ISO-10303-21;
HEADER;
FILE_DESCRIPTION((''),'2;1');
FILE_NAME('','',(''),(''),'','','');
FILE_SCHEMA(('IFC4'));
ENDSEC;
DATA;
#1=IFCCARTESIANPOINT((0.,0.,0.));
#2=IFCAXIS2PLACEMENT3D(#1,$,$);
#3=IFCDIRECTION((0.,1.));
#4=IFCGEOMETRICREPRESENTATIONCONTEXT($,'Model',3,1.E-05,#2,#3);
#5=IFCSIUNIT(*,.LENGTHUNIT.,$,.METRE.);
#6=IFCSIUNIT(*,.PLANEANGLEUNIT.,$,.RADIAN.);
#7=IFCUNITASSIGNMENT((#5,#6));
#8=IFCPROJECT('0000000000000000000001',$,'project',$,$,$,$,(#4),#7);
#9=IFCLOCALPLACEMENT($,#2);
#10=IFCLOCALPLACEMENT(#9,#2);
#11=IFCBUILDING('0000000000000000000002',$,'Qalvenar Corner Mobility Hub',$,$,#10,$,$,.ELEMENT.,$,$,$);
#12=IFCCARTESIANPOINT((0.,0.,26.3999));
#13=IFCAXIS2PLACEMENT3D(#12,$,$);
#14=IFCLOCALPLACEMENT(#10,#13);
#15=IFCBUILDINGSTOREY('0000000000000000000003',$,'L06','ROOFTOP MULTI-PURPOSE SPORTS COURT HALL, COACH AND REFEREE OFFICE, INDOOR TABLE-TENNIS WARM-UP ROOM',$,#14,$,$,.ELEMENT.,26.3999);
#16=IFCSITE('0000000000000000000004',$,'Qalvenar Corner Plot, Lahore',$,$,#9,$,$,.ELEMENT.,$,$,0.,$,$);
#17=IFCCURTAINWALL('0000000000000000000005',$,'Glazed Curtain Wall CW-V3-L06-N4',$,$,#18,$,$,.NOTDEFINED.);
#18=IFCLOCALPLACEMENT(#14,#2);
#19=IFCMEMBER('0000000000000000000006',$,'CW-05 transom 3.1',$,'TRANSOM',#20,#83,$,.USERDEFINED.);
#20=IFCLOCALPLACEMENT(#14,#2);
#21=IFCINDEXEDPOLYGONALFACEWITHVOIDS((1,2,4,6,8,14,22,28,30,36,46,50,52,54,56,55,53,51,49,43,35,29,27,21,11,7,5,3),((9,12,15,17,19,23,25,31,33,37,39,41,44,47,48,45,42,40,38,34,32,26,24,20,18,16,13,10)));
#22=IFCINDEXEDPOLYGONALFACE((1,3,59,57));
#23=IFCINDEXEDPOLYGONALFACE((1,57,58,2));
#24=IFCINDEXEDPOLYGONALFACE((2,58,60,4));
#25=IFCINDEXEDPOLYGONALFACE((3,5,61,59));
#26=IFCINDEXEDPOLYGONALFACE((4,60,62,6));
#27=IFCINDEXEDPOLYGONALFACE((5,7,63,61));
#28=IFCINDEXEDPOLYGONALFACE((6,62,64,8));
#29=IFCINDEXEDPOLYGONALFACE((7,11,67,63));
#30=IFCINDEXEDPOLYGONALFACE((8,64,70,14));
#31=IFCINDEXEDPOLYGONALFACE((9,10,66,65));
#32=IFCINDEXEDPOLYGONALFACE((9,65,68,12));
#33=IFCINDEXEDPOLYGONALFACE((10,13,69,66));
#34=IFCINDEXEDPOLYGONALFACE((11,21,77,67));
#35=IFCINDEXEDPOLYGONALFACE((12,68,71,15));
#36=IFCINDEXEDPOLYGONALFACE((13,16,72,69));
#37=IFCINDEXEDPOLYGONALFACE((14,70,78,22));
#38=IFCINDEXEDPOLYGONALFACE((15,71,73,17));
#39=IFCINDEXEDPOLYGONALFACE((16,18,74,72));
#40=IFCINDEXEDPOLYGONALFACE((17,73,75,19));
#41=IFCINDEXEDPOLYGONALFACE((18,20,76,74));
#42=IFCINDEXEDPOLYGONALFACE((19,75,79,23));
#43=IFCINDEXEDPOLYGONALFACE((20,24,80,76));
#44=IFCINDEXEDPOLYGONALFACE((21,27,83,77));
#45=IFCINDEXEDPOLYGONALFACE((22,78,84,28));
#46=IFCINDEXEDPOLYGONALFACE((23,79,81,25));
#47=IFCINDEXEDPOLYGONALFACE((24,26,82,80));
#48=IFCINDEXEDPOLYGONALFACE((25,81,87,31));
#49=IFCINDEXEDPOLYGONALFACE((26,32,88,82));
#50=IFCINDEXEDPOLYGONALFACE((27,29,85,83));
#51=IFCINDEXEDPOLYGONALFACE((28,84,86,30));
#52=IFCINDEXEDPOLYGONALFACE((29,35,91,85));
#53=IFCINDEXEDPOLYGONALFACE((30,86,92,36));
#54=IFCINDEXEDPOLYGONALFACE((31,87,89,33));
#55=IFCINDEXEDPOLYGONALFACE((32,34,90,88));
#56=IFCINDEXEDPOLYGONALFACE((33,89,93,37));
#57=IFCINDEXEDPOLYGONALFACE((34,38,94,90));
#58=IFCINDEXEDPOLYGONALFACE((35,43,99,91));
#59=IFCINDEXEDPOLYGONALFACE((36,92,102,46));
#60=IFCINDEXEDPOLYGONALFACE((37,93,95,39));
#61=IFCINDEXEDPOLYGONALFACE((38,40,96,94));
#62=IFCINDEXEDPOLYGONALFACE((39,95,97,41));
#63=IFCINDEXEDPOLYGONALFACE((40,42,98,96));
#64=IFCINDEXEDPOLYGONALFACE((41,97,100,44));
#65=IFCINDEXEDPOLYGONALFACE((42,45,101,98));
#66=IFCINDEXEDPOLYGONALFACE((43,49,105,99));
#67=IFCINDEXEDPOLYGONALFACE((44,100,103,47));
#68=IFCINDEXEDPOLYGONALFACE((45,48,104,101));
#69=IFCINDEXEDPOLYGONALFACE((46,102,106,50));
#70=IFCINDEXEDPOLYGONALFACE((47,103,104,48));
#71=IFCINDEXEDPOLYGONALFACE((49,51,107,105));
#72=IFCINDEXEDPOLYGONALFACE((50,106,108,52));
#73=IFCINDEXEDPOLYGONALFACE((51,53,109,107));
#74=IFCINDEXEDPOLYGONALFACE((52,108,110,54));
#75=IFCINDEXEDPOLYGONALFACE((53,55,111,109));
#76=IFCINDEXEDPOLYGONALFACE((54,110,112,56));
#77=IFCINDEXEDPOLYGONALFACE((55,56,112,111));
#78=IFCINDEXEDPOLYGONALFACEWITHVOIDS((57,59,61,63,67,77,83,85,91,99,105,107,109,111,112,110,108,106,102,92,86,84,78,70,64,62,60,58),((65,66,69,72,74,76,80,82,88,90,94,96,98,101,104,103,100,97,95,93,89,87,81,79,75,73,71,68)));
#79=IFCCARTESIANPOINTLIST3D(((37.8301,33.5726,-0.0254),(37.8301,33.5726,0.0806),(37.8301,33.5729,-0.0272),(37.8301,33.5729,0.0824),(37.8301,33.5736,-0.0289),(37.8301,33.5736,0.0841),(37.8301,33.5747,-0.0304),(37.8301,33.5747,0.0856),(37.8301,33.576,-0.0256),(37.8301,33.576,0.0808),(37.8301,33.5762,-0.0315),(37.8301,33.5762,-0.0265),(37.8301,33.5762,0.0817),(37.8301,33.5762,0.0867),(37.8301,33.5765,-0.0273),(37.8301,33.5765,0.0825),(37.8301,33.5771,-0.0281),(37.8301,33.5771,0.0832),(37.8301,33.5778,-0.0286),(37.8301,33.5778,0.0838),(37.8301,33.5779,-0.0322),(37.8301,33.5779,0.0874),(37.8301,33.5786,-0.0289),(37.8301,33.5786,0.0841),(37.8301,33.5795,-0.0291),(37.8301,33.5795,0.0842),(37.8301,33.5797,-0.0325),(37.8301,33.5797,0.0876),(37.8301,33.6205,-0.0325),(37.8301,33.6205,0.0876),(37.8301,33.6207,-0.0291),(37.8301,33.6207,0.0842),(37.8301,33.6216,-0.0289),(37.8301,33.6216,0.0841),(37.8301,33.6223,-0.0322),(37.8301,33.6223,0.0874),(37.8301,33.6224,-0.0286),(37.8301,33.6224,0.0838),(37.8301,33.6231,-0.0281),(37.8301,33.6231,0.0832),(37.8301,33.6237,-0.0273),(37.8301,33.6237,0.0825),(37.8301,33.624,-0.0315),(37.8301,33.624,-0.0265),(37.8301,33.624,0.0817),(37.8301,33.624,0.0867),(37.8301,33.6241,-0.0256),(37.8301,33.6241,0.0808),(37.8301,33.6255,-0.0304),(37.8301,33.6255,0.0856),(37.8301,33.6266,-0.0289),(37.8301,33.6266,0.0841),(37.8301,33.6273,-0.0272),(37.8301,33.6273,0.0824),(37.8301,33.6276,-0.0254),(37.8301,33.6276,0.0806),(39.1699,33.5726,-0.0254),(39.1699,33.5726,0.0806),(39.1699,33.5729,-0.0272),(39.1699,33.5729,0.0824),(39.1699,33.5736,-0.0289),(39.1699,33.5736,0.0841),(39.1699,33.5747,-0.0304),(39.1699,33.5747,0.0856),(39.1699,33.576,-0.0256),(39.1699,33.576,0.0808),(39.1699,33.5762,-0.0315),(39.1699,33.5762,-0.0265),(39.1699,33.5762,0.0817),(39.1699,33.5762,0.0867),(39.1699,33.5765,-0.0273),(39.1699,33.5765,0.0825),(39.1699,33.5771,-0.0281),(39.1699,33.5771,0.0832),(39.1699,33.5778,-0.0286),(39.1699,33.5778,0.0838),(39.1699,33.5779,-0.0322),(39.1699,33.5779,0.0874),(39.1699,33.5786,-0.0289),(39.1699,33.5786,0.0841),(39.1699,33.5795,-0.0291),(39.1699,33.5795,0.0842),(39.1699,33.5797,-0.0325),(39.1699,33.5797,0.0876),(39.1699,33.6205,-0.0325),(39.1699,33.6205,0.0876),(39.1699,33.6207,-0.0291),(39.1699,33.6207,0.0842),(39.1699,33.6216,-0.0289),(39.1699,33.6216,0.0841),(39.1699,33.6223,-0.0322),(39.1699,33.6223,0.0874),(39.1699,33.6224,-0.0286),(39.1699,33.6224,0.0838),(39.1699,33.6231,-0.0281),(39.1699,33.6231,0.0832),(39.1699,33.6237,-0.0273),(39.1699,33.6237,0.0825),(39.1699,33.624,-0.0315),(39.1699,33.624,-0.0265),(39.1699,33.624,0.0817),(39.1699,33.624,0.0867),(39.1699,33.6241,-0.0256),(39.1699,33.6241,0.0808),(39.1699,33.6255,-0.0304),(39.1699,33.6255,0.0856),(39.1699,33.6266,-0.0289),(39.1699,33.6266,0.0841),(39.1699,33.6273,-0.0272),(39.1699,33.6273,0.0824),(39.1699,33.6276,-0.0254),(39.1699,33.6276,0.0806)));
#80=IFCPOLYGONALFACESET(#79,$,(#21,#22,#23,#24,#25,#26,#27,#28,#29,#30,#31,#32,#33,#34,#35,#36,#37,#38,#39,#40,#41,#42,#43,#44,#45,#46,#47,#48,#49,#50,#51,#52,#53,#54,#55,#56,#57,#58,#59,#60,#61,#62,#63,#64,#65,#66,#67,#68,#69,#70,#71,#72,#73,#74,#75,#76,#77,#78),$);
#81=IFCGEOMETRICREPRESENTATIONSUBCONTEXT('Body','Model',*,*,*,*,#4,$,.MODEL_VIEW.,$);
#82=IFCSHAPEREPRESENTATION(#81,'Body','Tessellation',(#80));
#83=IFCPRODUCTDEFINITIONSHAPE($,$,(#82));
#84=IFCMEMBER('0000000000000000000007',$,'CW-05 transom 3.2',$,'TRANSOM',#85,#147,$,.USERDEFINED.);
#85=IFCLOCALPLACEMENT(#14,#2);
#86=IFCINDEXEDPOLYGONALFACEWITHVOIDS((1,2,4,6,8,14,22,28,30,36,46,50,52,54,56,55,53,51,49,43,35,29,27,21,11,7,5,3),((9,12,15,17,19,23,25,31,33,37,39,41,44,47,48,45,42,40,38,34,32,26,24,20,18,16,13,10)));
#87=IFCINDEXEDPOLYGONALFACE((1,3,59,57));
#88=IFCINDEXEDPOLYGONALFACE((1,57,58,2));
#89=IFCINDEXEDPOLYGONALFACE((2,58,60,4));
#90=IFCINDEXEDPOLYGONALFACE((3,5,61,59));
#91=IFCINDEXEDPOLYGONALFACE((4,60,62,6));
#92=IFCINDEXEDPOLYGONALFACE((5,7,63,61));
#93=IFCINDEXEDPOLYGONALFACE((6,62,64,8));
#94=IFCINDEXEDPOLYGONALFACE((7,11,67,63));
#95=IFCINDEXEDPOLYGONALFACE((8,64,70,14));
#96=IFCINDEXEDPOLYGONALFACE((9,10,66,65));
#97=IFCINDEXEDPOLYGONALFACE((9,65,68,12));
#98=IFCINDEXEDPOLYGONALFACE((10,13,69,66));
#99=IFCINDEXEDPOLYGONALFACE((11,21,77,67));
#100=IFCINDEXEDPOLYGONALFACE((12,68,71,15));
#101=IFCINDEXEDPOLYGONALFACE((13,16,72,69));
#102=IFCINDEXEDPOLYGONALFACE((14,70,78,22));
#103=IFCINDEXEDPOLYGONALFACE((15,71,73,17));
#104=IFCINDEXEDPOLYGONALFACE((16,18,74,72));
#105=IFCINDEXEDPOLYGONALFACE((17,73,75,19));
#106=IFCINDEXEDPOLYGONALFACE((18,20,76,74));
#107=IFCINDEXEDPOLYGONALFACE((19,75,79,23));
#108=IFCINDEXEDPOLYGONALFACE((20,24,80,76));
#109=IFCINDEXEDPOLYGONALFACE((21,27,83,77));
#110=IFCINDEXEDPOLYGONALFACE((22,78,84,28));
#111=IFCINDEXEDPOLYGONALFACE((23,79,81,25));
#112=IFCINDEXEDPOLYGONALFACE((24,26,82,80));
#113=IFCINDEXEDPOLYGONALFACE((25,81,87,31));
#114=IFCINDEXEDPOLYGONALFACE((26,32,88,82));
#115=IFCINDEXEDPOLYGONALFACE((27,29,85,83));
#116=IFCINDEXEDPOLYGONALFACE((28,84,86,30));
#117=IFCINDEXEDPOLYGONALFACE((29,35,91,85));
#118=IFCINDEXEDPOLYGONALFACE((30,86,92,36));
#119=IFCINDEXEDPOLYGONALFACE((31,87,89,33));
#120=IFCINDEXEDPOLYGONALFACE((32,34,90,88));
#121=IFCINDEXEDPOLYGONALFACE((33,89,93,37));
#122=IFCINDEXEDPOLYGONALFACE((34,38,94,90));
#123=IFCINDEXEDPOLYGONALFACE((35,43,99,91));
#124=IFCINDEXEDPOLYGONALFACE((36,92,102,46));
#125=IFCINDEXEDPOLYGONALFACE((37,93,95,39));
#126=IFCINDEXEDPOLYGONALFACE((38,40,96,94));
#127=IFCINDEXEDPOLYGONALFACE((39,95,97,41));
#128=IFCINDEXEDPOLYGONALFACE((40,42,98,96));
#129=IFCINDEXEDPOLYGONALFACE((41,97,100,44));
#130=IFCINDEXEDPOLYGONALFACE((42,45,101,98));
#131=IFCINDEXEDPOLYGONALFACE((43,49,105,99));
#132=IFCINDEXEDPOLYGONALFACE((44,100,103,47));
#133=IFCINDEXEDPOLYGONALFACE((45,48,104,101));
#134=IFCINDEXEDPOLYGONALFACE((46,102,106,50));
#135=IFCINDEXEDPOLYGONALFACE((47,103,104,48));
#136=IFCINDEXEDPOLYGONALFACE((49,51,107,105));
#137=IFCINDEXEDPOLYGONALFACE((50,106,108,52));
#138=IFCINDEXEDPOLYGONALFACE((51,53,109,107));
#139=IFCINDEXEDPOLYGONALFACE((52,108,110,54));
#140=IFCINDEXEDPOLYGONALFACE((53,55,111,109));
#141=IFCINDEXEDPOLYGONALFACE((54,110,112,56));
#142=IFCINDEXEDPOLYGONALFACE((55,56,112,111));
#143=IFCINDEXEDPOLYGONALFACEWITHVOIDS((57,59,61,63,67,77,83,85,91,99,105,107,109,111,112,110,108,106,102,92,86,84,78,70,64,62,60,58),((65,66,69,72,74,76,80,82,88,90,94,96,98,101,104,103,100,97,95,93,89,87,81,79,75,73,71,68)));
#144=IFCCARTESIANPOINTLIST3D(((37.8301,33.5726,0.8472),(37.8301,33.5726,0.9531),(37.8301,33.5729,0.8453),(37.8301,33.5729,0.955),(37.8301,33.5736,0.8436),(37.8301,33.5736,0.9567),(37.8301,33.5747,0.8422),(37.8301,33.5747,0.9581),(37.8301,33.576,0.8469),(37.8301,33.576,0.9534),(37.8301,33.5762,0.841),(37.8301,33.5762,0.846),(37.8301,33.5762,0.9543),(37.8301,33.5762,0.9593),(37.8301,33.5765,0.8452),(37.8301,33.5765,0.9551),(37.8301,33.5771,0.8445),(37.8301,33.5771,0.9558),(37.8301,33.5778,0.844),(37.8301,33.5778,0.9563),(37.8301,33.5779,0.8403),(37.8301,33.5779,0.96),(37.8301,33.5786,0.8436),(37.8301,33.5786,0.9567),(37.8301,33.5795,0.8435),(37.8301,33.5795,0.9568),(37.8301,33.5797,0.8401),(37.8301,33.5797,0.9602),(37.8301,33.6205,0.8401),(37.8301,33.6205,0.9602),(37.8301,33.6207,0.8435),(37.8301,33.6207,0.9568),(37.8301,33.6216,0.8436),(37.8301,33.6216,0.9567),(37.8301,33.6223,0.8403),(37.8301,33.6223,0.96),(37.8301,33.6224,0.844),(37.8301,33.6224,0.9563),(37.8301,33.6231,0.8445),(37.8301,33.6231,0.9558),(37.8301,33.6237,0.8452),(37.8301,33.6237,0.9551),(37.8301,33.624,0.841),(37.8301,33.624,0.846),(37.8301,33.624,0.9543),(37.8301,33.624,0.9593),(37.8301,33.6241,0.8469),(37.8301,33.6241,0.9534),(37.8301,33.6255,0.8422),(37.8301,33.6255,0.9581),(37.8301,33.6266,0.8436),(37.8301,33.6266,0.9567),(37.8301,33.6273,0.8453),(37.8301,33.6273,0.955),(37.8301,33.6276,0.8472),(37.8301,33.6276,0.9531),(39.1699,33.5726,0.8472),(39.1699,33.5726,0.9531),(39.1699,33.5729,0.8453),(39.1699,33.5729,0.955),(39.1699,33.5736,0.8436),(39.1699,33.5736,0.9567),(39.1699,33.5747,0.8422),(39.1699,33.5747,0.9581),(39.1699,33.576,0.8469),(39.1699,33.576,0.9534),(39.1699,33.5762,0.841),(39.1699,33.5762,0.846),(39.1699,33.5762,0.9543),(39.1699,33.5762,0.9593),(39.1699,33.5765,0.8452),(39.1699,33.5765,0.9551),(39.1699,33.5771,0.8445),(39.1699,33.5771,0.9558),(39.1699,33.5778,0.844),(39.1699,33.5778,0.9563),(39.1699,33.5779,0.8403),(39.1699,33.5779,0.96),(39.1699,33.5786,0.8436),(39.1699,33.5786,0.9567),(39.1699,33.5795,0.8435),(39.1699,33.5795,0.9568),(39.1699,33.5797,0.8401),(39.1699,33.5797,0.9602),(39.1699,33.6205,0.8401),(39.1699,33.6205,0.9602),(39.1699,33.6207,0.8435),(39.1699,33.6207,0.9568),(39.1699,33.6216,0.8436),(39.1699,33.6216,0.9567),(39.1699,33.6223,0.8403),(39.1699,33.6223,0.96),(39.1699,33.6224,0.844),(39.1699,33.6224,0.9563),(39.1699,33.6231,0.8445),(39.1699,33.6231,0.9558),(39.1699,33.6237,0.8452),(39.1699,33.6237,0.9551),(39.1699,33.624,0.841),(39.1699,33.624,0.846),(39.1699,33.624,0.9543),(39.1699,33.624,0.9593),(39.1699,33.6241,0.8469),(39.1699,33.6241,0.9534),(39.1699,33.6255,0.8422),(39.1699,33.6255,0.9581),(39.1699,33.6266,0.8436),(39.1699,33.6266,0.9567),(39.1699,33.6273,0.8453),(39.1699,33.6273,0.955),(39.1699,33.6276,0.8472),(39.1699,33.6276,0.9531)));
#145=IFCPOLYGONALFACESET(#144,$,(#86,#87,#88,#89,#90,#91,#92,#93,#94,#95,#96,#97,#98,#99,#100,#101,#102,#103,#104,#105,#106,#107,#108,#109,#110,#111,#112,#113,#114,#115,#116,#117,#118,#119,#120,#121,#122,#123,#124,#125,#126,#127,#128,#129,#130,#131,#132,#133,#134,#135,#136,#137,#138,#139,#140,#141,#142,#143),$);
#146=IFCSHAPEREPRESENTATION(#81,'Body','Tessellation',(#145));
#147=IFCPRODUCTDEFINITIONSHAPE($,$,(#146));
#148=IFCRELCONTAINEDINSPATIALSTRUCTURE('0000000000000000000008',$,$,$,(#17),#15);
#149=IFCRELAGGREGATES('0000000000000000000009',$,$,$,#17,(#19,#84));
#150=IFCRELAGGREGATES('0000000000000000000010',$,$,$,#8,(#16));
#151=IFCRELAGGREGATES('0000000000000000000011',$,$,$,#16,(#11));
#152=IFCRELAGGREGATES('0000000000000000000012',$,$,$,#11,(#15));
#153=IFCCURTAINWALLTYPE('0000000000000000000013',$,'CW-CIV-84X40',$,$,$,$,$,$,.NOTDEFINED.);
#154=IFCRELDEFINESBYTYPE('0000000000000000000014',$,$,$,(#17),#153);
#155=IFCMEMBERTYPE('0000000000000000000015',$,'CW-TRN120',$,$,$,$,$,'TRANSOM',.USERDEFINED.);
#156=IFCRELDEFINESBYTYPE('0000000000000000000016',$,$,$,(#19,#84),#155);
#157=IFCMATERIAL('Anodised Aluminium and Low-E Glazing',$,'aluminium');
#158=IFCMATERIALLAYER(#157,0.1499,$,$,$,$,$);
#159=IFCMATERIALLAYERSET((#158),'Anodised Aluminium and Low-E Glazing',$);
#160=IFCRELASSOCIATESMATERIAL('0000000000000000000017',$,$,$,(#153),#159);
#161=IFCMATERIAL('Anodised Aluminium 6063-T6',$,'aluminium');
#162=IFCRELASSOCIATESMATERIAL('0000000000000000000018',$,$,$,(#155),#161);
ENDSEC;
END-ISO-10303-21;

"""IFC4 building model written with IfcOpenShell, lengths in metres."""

from ifc_helpers import new_model, si_unit, direction, frame, origin, origin_2d, place, context, subcontext, project, spatial, hollow_rectangle, extrude, material, layer, layer_set, material_profile, profile_set, type_object, element, aggregate, save


model = new_model("IFC4")

# Units and contexts
model_context = context("Model", 3, precision=1e-05, world=origin(), true_north=direction((0.0, 1.0)))
body_context = subcontext(model_context, "Body", "Model", "MODEL_VIEW")
ifc_project = project(units=[si_unit("LENGTHUNIT", "METRE"), si_unit("PLANEANGLEUNIT", "RADIAN")], contexts=[model_context])

# Site, building, storey
site_placement = place(None, origin())
site = spatial("IfcSite", under=ifc_project, at=site_placement, Name="Qalvenar Corner Plot, Lahore", CompositionType="ELEMENT", RefElevation=0.0)
building_placement = place(site_placement, origin())
building = spatial("IfcBuilding", under=site, at=building_placement, Name="Qalvenar Corner Mobility Hub", CompositionType="ELEMENT")
storey_placement = place(building_placement, frame((0.0, 0.0, 26.3999)))
storey = spatial("IfcBuildingStorey", under=building, at=storey_placement, Name="L06", Description="ROOFTOP MULTI-PURPOSE SPORTS COURT HALL, COACH AND REFEREE OFFICE, INDOOR TABLE-TENNIS WARM-UP ROOM", CompositionType="ELEMENT", Elevation=26.3999)

# Curtain wall, members
ifc_material_1 = material(Name="Anodised Aluminium and Low-E Glazing", Category="aluminium")
ifc_layer_1 = layer(ifc_material_1, 0.1499)
ifc_layer_set_1 = layer_set([ifc_layer_1], Name="Anodised Aluminium and Low-E Glazing")
curtain_wall_type = type_object("IfcCurtainWallType", Name="CW-CIV-84X40", PredefinedType="NOTDEFINED", material=ifc_layer_set_1)
curtain_wall_placement = place(storey_placement, origin())
curtain_wall = element("IfcCurtainWall", 1, at=curtain_wall_placement, inside=storey, type_object=curtain_wall_type, Name="Glazed Curtain Wall CW-V3-L06-N4", PredefinedType="NOTDEFINED")
ifc_material_2 = material(Name="Anodised Aluminium 6063-T6", Category="aluminium")
ifc_material_profile_1 = material_profile(ifc_material_2, hollow_rectangle(XDim=0.0549, YDim=0.1201, WallThickness=0.0034, InnerFilletRadius=0.0034, OuterFilletRadius=0.0071, at=origin_2d()), Name="RHS120x55x3.5")
ifc_profile_set_1 = profile_set([ifc_material_profile_1], Name="Anodised Aluminium 6063-T6")
member_type_1 = type_object("IfcMemberType", Name="CW-TRN120", ElementType="TRANSOM", PredefinedType="USERDEFINED", material=ifc_profile_set_1)
member_1_placement = place(storey_placement, frame((39.1699, 33.6001, 0.0276), z_axis=(-1.0, 0.0, 0.0), x_axis=(0.0, -1.0, 0.0)))
member_1 = element("IfcMember", 2, at=member_1_placement, type_object=member_type_1, Name="CW-05 transom 3.1", ObjectType="TRANSOM", PredefinedType="USERDEFINED", context=body_context, shape_type="SweptSolid", body=[
    extrude(hollow_rectangle(XDim=0.0549, YDim=0.1201, WallThickness=0.0034, InnerFilletRadius=0.0034, OuterFilletRadius=0.0071, at=origin_2d()), origin(), (0.0, 0.0, 1.0), 1.3398),
])
member_2_placement = place(storey_placement, frame((39.1699, 33.6001, 0.9001), z_axis=(-1.0, 0.0, 0.0), x_axis=(0.0, -1.0, 0.0)))
member_2 = element("IfcMember", 3, at=member_2_placement, type_object=member_type_1, Name="CW-05 transom 3.2", ObjectType="TRANSOM", PredefinedType="USERDEFINED", context=body_context, shape_type="SweptSolid", body=[
    extrude(hollow_rectangle(XDim=0.0549, YDim=0.1201, WallThickness=0.0034, InnerFilletRadius=0.0034, OuterFilletRadius=0.0071, at=origin_2d()), origin(), (0.0, 0.0, 1.0), 1.3398),
])
aggregate(curtain_wall, [member_1, member_2])

save(model, "model.ifc")
